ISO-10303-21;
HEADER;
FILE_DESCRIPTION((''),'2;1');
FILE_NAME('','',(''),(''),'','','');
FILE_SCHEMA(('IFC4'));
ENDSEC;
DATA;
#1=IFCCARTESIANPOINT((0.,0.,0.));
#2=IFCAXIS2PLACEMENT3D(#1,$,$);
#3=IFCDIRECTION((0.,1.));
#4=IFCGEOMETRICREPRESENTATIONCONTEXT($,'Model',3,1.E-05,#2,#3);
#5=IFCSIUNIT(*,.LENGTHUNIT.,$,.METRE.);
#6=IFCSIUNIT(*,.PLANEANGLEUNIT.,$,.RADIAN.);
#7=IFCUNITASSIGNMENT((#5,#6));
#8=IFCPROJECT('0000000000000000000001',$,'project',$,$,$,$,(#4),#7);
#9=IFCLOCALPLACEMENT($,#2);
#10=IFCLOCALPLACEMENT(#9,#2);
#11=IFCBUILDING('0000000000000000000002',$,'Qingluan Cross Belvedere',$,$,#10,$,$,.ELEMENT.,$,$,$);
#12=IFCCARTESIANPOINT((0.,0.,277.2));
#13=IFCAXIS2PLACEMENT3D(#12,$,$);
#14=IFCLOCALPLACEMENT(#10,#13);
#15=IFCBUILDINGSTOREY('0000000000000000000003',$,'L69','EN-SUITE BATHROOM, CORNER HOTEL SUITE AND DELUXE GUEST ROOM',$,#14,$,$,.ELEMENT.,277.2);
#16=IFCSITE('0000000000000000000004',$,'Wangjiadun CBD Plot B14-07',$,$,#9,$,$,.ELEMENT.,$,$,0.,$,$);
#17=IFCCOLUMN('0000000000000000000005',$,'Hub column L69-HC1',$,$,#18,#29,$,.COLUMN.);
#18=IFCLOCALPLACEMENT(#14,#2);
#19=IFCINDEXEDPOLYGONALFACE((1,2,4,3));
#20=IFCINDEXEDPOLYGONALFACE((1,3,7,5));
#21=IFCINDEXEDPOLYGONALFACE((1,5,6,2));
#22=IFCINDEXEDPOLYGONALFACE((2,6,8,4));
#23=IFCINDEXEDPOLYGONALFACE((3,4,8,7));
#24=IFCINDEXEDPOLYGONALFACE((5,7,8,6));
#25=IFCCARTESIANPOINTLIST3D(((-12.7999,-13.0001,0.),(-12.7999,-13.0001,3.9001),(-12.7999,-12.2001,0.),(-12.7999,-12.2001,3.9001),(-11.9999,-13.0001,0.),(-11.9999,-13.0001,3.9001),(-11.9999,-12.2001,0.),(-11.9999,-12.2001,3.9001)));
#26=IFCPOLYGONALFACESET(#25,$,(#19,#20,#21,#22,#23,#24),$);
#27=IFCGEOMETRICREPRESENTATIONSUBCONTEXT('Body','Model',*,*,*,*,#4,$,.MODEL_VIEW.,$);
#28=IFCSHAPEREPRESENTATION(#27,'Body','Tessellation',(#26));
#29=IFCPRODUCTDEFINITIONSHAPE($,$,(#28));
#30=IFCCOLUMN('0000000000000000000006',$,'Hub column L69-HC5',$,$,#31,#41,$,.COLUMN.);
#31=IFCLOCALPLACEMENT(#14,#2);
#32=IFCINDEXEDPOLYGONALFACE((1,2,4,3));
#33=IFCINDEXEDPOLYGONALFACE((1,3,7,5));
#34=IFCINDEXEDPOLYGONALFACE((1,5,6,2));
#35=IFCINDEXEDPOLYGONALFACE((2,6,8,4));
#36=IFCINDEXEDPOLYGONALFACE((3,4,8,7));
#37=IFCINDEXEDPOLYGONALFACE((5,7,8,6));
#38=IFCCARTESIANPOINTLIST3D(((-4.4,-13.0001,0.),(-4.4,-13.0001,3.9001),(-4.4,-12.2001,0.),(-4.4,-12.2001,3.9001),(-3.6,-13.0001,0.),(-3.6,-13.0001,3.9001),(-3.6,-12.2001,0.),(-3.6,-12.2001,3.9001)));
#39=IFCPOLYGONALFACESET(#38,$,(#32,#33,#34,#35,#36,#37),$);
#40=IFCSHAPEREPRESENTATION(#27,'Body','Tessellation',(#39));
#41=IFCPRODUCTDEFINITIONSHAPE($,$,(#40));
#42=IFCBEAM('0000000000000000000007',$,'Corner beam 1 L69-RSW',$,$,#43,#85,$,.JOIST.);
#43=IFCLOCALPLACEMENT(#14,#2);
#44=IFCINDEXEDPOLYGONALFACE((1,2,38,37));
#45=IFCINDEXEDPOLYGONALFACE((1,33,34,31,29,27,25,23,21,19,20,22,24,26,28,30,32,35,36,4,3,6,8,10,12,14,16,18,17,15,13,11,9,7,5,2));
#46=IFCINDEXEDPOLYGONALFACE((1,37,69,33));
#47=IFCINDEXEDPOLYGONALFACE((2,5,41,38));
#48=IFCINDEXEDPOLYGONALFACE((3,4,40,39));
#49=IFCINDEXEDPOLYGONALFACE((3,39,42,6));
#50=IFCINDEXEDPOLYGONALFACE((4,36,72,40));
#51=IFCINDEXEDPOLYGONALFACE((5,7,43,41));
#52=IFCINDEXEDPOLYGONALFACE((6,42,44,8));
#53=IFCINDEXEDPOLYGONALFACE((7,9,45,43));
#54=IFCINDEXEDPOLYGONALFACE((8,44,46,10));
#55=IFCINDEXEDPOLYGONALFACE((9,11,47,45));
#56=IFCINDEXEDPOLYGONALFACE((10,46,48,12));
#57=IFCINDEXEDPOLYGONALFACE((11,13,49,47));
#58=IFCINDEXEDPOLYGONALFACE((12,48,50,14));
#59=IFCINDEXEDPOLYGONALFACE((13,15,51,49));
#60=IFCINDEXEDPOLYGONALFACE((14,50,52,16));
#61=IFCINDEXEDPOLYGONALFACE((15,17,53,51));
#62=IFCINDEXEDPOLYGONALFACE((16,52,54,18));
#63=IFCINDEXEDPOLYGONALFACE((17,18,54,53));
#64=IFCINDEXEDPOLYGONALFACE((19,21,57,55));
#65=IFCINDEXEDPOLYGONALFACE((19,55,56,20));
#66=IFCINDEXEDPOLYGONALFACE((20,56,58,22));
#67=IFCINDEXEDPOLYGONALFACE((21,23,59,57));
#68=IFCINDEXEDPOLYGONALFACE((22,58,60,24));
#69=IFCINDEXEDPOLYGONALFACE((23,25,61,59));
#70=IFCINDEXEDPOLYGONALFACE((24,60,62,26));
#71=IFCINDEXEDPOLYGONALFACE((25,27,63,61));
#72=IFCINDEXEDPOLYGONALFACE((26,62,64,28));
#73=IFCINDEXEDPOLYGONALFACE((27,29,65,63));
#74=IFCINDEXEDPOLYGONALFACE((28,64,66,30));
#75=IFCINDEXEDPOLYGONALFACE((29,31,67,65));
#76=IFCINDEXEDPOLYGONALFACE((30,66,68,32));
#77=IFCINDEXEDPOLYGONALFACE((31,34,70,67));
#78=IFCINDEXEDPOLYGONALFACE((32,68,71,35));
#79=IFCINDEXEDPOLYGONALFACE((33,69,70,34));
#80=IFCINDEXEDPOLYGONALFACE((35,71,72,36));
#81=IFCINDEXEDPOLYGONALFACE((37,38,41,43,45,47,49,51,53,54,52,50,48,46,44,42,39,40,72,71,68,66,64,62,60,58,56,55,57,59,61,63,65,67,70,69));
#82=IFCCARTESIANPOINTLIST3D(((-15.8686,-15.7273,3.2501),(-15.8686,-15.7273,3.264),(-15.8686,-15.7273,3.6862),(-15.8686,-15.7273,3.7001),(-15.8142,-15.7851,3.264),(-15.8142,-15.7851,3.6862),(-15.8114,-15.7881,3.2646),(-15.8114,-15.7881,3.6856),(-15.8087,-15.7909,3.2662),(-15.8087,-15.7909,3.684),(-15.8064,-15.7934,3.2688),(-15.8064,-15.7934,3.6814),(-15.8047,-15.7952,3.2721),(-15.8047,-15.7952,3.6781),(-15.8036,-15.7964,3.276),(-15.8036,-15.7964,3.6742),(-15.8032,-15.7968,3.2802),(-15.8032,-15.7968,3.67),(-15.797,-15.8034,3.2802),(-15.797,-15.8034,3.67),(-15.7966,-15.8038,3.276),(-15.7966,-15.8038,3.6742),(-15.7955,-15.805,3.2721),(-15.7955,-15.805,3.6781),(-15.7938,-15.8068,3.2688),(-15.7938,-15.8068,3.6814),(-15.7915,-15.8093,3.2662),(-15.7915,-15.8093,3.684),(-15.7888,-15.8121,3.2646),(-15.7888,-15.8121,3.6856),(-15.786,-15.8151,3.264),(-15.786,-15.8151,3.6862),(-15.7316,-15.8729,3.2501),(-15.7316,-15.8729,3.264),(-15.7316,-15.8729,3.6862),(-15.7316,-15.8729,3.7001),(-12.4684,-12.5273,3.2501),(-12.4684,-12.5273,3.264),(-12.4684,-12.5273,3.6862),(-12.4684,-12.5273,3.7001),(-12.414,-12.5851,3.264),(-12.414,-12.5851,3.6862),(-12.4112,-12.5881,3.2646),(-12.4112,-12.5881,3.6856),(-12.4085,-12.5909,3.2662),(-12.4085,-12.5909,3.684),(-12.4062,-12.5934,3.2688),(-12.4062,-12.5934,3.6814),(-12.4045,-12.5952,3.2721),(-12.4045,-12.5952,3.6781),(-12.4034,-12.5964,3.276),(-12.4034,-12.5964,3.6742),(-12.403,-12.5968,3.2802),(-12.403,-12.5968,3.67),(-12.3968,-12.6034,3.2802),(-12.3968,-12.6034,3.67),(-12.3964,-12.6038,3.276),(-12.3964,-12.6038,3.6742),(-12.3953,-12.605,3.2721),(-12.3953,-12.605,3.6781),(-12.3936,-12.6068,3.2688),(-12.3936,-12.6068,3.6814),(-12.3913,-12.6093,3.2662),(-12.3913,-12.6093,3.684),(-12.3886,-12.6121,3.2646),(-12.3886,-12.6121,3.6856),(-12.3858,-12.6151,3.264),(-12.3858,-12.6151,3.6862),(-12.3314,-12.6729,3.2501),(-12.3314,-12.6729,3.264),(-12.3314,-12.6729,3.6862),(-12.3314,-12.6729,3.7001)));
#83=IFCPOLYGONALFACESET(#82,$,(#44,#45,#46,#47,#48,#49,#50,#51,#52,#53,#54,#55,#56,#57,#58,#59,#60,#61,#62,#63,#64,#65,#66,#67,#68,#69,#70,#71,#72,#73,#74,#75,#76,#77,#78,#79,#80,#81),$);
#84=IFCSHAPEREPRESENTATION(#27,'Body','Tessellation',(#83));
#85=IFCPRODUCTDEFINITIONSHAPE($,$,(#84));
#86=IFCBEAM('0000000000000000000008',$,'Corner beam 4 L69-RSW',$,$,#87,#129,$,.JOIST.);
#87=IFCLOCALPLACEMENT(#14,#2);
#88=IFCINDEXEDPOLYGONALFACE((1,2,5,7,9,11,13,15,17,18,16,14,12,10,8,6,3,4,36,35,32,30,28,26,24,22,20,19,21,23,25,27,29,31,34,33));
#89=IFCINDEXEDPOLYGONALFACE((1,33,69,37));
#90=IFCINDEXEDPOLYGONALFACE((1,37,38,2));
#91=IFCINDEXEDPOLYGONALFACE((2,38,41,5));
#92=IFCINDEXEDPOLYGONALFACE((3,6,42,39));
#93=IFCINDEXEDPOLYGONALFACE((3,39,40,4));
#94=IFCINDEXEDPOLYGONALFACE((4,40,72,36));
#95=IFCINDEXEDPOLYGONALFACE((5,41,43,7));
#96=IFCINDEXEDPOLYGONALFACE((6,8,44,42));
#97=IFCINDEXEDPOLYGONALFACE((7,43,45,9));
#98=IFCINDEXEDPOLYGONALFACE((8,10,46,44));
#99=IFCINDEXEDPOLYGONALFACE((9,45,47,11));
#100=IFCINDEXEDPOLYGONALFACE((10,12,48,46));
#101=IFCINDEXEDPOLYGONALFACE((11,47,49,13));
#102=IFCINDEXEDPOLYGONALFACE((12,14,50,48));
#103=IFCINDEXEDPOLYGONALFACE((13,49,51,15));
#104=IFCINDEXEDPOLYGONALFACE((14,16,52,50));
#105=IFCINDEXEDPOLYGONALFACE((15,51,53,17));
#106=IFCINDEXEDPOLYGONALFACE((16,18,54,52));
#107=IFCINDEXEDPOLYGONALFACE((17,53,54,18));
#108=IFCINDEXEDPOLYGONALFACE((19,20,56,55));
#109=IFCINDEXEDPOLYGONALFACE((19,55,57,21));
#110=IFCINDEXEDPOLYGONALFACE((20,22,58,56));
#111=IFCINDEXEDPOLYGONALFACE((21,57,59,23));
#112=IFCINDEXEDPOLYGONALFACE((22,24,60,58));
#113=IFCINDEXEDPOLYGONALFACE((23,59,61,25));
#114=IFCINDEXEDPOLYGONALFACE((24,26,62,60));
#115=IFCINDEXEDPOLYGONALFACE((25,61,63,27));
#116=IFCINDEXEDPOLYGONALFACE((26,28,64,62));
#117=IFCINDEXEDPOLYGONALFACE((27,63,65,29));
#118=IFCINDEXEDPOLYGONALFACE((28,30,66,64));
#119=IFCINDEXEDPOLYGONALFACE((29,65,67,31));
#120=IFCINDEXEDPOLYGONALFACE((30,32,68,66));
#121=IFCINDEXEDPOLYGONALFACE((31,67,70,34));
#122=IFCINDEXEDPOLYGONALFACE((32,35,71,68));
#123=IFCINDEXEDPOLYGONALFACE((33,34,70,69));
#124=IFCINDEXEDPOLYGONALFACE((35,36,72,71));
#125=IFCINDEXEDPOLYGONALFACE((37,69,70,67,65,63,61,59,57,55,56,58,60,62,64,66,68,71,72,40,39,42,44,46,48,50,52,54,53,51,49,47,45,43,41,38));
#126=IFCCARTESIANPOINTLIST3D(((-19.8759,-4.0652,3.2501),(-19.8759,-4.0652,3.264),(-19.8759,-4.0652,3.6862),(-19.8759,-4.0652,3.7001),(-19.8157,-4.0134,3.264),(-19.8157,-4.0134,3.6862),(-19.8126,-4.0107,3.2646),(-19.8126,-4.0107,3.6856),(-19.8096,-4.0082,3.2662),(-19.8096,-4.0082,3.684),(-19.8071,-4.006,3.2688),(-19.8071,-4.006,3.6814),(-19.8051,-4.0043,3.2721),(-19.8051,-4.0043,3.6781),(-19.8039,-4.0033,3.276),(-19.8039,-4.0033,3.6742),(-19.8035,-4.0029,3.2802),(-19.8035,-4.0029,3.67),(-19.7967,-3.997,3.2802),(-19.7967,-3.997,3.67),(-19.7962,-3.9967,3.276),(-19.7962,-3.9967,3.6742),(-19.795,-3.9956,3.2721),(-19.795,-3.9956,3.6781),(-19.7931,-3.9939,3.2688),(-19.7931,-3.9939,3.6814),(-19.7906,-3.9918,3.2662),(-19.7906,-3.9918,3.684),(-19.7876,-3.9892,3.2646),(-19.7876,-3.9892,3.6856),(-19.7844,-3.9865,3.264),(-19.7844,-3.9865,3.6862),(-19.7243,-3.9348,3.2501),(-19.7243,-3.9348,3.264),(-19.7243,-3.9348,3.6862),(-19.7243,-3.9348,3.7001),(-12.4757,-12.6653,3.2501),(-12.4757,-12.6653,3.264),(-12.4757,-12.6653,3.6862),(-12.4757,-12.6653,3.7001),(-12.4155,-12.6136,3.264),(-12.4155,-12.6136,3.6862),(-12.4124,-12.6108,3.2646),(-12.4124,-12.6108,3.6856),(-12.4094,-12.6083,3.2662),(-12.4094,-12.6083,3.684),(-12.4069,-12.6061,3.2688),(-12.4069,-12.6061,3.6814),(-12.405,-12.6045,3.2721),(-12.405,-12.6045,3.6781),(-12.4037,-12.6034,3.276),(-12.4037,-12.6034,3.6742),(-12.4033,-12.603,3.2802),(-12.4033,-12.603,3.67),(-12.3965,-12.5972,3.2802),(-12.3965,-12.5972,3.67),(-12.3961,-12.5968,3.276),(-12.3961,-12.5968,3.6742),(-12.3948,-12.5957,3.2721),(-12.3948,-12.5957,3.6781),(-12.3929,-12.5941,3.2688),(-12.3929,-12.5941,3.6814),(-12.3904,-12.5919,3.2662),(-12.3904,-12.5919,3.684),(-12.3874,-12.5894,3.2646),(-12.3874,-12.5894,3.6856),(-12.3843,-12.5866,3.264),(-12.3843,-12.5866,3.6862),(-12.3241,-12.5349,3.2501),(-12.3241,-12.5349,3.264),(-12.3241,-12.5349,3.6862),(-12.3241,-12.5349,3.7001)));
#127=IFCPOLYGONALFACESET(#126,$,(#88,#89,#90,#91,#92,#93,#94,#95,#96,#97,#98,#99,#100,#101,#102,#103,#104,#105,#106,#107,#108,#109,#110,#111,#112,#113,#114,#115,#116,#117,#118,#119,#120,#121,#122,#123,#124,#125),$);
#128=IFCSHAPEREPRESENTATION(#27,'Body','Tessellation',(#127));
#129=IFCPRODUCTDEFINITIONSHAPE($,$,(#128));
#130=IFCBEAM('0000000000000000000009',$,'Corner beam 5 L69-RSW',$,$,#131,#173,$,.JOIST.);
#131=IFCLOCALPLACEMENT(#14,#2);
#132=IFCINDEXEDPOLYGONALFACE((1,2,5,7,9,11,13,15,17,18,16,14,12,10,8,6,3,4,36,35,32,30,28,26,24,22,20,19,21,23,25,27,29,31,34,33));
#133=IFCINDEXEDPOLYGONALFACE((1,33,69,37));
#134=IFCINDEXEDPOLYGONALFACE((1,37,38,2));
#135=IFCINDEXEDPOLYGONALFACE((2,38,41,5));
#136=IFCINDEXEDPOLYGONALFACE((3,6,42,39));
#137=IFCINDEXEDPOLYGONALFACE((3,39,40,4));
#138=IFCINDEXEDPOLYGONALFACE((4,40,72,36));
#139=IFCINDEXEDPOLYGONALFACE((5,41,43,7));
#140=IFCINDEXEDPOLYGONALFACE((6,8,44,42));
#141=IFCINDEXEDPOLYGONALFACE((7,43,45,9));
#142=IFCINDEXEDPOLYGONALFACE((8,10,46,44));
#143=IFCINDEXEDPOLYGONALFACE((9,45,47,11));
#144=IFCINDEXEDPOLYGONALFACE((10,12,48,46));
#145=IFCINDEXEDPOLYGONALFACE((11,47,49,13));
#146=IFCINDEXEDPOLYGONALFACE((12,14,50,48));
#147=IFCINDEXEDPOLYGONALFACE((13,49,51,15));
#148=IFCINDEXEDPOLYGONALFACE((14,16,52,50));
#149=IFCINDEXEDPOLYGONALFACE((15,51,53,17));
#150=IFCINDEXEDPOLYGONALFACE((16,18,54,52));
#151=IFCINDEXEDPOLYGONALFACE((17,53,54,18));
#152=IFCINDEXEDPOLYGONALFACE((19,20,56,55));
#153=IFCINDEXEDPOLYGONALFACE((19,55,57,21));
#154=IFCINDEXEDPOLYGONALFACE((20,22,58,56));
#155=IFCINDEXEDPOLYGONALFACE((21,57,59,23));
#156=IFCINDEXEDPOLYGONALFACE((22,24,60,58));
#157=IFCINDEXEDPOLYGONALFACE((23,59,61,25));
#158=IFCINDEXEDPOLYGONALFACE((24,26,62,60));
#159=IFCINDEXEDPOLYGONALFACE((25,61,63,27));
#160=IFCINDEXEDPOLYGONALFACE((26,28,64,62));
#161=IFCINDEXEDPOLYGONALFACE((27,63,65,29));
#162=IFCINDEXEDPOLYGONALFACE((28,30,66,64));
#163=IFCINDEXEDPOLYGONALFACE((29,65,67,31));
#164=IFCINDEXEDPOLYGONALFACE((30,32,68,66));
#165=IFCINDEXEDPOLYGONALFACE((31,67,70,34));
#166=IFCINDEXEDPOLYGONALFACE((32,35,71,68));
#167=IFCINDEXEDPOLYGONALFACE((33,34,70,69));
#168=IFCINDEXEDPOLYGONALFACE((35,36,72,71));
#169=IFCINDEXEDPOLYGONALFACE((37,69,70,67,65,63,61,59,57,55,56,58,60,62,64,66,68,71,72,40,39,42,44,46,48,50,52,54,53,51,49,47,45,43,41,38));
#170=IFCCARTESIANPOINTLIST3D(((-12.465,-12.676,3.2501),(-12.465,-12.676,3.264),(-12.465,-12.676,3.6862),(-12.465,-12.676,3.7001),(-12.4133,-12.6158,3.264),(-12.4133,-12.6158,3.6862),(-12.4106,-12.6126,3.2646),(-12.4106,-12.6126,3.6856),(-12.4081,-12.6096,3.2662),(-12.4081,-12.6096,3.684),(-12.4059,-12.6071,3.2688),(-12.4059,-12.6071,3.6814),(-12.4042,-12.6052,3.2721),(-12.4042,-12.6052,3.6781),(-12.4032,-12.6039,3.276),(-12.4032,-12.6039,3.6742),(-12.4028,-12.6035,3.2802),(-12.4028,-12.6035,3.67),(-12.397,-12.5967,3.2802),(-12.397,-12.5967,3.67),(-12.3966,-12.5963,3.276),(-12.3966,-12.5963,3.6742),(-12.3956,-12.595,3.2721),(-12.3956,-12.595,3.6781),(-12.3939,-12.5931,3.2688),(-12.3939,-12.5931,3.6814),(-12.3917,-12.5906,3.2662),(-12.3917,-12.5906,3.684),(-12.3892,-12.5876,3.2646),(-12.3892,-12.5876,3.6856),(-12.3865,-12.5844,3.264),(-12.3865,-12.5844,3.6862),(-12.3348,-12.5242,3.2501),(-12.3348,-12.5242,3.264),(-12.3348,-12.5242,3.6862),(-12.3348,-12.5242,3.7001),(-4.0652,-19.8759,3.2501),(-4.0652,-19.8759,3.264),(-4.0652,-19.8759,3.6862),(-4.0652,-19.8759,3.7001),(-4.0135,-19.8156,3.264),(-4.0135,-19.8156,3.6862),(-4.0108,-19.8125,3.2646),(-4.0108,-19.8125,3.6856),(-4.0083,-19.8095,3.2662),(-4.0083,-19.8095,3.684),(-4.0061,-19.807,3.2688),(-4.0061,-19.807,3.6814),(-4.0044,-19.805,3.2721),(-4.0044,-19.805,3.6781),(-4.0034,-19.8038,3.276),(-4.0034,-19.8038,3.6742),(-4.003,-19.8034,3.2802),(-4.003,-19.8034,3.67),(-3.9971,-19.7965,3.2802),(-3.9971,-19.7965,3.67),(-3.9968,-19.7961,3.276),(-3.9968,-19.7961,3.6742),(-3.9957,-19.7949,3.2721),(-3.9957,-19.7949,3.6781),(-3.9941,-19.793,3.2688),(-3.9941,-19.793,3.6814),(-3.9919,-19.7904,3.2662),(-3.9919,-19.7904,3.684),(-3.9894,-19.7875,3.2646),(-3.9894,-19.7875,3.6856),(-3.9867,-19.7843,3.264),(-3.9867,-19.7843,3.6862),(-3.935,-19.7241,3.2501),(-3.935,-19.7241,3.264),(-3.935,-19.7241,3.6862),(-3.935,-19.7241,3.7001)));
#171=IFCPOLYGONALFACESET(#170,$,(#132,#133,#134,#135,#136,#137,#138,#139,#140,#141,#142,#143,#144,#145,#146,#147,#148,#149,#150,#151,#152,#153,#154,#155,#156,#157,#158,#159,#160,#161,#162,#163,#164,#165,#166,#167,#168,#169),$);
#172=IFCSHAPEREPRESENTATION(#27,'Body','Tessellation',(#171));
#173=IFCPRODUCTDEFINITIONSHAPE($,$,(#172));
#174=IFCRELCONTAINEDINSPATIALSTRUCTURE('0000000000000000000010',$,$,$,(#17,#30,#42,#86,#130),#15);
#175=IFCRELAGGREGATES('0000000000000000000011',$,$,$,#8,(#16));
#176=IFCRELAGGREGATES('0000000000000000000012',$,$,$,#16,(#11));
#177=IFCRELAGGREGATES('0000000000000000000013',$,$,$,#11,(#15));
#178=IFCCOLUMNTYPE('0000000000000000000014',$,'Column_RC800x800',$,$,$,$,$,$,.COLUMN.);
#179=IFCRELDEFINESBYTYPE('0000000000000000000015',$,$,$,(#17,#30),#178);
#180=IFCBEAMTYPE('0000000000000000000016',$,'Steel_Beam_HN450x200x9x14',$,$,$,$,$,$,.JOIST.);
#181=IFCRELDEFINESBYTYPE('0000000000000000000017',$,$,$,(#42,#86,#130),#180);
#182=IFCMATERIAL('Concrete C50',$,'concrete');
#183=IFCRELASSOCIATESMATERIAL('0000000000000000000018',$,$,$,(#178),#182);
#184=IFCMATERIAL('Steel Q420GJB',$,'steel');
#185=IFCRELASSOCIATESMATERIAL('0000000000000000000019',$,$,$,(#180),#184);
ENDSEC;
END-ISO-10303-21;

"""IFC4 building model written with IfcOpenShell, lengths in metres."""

from ifc_helpers import new_model, si_unit, direction, frame, origin, origin_2d, place, context, subcontext, project, spatial, rectangle, i_section, extrude, material, material_profile, profile_set, type_object, element, save


model = new_model("IFC4")

# Units and contexts
model_context = context("Model", 3, precision=1e-05, world=origin(), true_north=direction((0.0, 1.0)))
body_context = subcontext(model_context, "Body", "Model", "MODEL_VIEW")
ifc_project = project(units=[si_unit("LENGTHUNIT", "METRE"), si_unit("PLANEANGLEUNIT", "RADIAN")], contexts=[model_context])

# Site, building, storey
site_placement = place(None, origin())
site = spatial("IfcSite", under=ifc_project, at=site_placement, Name="Wangjiadun CBD Plot B14-07", CompositionType="ELEMENT", RefElevation=0.0)
building_placement = place(site_placement, origin())
building = spatial("IfcBuilding", under=site, at=building_placement, Name="Qingluan Cross Belvedere", CompositionType="ELEMENT")
storey_placement = place(building_placement, frame((0.0, 0.0, 277.2)))
storey = spatial("IfcBuildingStorey", under=building, at=storey_placement, Name="L69", Description="EN-SUITE BATHROOM, CORNER HOTEL SUITE AND DELUXE GUEST ROOM", CompositionType="ELEMENT", Elevation=277.2)

# Columns
ifc_material_1 = material(Name="Concrete C50", Category="concrete")
ifc_material_profile_1 = material_profile(ifc_material_1, rectangle(XDim=0.8, YDim=0.8, at=origin_2d()), Name="RC800x800")
ifc_profile_set_1 = profile_set([ifc_material_profile_1], Name="Concrete C50")
column_type = type_object("IfcColumnType", Name="Column_RC800x800", PredefinedType="COLUMN", material=ifc_profile_set_1)
for number, where, z_axis, x_axis, name in (
    (1, (-12.3999, -12.6001, 0.0), (0.0, 0.0, 1.0), (1.0, 0.0, 0.0), "Hub column L69-HC1"),
    (2, (-4.0, -12.6001, 0.0), (0.0, 0.0, 1.0), (1.0, 0.0, 0.0), "Hub column L69-HC5"),
):
    element("IfcColumn", number, at=place(storey_placement, frame(where, z_axis=z_axis, x_axis=x_axis)), inside=storey, type_object=column_type, Name=name, PredefinedType="COLUMN", context=body_context, shape_type="SweptSolid", body=[
        extrude(rectangle(XDim=0.8, YDim=0.8, at=origin_2d()), origin(), (0.0, 0.0, 1.0), 3.9001),
    ])

# Beams
ifc_material_2 = material(Name="Steel Q420GJB", Category="steel")
ifc_material_profile_2 = material_profile(ifc_material_2, i_section(OverallWidth=0.2, OverallDepth=0.45, WebThickness=0.009, FlangeThickness=0.0139, FilletRadius=0.0161, at=origin_2d()), Name="HN450x200x9x14")
ifc_profile_set_2 = profile_set([ifc_material_profile_2], Name="Steel Q420GJB")
beam_type_1 = type_object("IfcBeamType", Name="Steel_Beam_HN450x200x9x14", PredefinedType="JOIST", material=ifc_profile_set_2)
beam_1_placement = place(storey_placement, frame((-12.3999, -12.6001, 3.4751), z_axis=(-0.72822, -0.685343, 0.0), x_axis=(0.685343, -0.72822, 0.0)))
element("IfcBeam", 3, at=beam_1_placement, inside=storey, type_object=beam_type_1, Name="Corner beam 1 L69-RSW", PredefinedType="JOIST", context=body_context, shape_type="SweptSolid", body=[
    extrude(i_section(OverallWidth=0.2, OverallDepth=0.45, WebThickness=0.009, FlangeThickness=0.0139, FilletRadius=0.0161, at=origin_2d()), origin(), (0.0, 0.0, 1.0), 4.6692),
])
beam_2_placement = place(storey_placement, frame((-12.3999, -12.6001, 3.4751), z_axis=(-0.652245, 0.758008, 0.0), x_axis=(-0.758008, -0.652245, 0.0)))
element("IfcBeam", 4, at=beam_2_placement, inside=storey, type_object=beam_type_1, Name="Corner beam 4 L69-RSW", PredefinedType="JOIST", context=body_context, shape_type="SweptSolid", body=[
    extrude(i_section(OverallWidth=0.2, OverallDepth=0.45, WebThickness=0.009, FlangeThickness=0.0139, FilletRadius=0.0161, at=origin_2d()), origin(), (0.0, 0.0, 1.0), 11.3457),
])
beam_3_placement = place(storey_placement, frame((-12.3999, -12.6001, 3.4751), z_axis=(0.759255, -0.650793, 0.0), x_axis=(0.650793, 0.759255, 0.0)))
element("IfcBeam", 5, at=beam_3_placement, inside=storey, type_object=beam_type_1, Name="Corner beam 5 L69-RSW", PredefinedType="JOIST", context=body_context, shape_type="SweptSolid", body=[
    extrude(i_section(OverallWidth=0.2, OverallDepth=0.45, WebThickness=0.009, FlangeThickness=0.0139, FilletRadius=0.0161, at=origin_2d()), origin(), (0.0, 0.0, 1.0), 11.0632),
])

save(model, "model.ifc")
